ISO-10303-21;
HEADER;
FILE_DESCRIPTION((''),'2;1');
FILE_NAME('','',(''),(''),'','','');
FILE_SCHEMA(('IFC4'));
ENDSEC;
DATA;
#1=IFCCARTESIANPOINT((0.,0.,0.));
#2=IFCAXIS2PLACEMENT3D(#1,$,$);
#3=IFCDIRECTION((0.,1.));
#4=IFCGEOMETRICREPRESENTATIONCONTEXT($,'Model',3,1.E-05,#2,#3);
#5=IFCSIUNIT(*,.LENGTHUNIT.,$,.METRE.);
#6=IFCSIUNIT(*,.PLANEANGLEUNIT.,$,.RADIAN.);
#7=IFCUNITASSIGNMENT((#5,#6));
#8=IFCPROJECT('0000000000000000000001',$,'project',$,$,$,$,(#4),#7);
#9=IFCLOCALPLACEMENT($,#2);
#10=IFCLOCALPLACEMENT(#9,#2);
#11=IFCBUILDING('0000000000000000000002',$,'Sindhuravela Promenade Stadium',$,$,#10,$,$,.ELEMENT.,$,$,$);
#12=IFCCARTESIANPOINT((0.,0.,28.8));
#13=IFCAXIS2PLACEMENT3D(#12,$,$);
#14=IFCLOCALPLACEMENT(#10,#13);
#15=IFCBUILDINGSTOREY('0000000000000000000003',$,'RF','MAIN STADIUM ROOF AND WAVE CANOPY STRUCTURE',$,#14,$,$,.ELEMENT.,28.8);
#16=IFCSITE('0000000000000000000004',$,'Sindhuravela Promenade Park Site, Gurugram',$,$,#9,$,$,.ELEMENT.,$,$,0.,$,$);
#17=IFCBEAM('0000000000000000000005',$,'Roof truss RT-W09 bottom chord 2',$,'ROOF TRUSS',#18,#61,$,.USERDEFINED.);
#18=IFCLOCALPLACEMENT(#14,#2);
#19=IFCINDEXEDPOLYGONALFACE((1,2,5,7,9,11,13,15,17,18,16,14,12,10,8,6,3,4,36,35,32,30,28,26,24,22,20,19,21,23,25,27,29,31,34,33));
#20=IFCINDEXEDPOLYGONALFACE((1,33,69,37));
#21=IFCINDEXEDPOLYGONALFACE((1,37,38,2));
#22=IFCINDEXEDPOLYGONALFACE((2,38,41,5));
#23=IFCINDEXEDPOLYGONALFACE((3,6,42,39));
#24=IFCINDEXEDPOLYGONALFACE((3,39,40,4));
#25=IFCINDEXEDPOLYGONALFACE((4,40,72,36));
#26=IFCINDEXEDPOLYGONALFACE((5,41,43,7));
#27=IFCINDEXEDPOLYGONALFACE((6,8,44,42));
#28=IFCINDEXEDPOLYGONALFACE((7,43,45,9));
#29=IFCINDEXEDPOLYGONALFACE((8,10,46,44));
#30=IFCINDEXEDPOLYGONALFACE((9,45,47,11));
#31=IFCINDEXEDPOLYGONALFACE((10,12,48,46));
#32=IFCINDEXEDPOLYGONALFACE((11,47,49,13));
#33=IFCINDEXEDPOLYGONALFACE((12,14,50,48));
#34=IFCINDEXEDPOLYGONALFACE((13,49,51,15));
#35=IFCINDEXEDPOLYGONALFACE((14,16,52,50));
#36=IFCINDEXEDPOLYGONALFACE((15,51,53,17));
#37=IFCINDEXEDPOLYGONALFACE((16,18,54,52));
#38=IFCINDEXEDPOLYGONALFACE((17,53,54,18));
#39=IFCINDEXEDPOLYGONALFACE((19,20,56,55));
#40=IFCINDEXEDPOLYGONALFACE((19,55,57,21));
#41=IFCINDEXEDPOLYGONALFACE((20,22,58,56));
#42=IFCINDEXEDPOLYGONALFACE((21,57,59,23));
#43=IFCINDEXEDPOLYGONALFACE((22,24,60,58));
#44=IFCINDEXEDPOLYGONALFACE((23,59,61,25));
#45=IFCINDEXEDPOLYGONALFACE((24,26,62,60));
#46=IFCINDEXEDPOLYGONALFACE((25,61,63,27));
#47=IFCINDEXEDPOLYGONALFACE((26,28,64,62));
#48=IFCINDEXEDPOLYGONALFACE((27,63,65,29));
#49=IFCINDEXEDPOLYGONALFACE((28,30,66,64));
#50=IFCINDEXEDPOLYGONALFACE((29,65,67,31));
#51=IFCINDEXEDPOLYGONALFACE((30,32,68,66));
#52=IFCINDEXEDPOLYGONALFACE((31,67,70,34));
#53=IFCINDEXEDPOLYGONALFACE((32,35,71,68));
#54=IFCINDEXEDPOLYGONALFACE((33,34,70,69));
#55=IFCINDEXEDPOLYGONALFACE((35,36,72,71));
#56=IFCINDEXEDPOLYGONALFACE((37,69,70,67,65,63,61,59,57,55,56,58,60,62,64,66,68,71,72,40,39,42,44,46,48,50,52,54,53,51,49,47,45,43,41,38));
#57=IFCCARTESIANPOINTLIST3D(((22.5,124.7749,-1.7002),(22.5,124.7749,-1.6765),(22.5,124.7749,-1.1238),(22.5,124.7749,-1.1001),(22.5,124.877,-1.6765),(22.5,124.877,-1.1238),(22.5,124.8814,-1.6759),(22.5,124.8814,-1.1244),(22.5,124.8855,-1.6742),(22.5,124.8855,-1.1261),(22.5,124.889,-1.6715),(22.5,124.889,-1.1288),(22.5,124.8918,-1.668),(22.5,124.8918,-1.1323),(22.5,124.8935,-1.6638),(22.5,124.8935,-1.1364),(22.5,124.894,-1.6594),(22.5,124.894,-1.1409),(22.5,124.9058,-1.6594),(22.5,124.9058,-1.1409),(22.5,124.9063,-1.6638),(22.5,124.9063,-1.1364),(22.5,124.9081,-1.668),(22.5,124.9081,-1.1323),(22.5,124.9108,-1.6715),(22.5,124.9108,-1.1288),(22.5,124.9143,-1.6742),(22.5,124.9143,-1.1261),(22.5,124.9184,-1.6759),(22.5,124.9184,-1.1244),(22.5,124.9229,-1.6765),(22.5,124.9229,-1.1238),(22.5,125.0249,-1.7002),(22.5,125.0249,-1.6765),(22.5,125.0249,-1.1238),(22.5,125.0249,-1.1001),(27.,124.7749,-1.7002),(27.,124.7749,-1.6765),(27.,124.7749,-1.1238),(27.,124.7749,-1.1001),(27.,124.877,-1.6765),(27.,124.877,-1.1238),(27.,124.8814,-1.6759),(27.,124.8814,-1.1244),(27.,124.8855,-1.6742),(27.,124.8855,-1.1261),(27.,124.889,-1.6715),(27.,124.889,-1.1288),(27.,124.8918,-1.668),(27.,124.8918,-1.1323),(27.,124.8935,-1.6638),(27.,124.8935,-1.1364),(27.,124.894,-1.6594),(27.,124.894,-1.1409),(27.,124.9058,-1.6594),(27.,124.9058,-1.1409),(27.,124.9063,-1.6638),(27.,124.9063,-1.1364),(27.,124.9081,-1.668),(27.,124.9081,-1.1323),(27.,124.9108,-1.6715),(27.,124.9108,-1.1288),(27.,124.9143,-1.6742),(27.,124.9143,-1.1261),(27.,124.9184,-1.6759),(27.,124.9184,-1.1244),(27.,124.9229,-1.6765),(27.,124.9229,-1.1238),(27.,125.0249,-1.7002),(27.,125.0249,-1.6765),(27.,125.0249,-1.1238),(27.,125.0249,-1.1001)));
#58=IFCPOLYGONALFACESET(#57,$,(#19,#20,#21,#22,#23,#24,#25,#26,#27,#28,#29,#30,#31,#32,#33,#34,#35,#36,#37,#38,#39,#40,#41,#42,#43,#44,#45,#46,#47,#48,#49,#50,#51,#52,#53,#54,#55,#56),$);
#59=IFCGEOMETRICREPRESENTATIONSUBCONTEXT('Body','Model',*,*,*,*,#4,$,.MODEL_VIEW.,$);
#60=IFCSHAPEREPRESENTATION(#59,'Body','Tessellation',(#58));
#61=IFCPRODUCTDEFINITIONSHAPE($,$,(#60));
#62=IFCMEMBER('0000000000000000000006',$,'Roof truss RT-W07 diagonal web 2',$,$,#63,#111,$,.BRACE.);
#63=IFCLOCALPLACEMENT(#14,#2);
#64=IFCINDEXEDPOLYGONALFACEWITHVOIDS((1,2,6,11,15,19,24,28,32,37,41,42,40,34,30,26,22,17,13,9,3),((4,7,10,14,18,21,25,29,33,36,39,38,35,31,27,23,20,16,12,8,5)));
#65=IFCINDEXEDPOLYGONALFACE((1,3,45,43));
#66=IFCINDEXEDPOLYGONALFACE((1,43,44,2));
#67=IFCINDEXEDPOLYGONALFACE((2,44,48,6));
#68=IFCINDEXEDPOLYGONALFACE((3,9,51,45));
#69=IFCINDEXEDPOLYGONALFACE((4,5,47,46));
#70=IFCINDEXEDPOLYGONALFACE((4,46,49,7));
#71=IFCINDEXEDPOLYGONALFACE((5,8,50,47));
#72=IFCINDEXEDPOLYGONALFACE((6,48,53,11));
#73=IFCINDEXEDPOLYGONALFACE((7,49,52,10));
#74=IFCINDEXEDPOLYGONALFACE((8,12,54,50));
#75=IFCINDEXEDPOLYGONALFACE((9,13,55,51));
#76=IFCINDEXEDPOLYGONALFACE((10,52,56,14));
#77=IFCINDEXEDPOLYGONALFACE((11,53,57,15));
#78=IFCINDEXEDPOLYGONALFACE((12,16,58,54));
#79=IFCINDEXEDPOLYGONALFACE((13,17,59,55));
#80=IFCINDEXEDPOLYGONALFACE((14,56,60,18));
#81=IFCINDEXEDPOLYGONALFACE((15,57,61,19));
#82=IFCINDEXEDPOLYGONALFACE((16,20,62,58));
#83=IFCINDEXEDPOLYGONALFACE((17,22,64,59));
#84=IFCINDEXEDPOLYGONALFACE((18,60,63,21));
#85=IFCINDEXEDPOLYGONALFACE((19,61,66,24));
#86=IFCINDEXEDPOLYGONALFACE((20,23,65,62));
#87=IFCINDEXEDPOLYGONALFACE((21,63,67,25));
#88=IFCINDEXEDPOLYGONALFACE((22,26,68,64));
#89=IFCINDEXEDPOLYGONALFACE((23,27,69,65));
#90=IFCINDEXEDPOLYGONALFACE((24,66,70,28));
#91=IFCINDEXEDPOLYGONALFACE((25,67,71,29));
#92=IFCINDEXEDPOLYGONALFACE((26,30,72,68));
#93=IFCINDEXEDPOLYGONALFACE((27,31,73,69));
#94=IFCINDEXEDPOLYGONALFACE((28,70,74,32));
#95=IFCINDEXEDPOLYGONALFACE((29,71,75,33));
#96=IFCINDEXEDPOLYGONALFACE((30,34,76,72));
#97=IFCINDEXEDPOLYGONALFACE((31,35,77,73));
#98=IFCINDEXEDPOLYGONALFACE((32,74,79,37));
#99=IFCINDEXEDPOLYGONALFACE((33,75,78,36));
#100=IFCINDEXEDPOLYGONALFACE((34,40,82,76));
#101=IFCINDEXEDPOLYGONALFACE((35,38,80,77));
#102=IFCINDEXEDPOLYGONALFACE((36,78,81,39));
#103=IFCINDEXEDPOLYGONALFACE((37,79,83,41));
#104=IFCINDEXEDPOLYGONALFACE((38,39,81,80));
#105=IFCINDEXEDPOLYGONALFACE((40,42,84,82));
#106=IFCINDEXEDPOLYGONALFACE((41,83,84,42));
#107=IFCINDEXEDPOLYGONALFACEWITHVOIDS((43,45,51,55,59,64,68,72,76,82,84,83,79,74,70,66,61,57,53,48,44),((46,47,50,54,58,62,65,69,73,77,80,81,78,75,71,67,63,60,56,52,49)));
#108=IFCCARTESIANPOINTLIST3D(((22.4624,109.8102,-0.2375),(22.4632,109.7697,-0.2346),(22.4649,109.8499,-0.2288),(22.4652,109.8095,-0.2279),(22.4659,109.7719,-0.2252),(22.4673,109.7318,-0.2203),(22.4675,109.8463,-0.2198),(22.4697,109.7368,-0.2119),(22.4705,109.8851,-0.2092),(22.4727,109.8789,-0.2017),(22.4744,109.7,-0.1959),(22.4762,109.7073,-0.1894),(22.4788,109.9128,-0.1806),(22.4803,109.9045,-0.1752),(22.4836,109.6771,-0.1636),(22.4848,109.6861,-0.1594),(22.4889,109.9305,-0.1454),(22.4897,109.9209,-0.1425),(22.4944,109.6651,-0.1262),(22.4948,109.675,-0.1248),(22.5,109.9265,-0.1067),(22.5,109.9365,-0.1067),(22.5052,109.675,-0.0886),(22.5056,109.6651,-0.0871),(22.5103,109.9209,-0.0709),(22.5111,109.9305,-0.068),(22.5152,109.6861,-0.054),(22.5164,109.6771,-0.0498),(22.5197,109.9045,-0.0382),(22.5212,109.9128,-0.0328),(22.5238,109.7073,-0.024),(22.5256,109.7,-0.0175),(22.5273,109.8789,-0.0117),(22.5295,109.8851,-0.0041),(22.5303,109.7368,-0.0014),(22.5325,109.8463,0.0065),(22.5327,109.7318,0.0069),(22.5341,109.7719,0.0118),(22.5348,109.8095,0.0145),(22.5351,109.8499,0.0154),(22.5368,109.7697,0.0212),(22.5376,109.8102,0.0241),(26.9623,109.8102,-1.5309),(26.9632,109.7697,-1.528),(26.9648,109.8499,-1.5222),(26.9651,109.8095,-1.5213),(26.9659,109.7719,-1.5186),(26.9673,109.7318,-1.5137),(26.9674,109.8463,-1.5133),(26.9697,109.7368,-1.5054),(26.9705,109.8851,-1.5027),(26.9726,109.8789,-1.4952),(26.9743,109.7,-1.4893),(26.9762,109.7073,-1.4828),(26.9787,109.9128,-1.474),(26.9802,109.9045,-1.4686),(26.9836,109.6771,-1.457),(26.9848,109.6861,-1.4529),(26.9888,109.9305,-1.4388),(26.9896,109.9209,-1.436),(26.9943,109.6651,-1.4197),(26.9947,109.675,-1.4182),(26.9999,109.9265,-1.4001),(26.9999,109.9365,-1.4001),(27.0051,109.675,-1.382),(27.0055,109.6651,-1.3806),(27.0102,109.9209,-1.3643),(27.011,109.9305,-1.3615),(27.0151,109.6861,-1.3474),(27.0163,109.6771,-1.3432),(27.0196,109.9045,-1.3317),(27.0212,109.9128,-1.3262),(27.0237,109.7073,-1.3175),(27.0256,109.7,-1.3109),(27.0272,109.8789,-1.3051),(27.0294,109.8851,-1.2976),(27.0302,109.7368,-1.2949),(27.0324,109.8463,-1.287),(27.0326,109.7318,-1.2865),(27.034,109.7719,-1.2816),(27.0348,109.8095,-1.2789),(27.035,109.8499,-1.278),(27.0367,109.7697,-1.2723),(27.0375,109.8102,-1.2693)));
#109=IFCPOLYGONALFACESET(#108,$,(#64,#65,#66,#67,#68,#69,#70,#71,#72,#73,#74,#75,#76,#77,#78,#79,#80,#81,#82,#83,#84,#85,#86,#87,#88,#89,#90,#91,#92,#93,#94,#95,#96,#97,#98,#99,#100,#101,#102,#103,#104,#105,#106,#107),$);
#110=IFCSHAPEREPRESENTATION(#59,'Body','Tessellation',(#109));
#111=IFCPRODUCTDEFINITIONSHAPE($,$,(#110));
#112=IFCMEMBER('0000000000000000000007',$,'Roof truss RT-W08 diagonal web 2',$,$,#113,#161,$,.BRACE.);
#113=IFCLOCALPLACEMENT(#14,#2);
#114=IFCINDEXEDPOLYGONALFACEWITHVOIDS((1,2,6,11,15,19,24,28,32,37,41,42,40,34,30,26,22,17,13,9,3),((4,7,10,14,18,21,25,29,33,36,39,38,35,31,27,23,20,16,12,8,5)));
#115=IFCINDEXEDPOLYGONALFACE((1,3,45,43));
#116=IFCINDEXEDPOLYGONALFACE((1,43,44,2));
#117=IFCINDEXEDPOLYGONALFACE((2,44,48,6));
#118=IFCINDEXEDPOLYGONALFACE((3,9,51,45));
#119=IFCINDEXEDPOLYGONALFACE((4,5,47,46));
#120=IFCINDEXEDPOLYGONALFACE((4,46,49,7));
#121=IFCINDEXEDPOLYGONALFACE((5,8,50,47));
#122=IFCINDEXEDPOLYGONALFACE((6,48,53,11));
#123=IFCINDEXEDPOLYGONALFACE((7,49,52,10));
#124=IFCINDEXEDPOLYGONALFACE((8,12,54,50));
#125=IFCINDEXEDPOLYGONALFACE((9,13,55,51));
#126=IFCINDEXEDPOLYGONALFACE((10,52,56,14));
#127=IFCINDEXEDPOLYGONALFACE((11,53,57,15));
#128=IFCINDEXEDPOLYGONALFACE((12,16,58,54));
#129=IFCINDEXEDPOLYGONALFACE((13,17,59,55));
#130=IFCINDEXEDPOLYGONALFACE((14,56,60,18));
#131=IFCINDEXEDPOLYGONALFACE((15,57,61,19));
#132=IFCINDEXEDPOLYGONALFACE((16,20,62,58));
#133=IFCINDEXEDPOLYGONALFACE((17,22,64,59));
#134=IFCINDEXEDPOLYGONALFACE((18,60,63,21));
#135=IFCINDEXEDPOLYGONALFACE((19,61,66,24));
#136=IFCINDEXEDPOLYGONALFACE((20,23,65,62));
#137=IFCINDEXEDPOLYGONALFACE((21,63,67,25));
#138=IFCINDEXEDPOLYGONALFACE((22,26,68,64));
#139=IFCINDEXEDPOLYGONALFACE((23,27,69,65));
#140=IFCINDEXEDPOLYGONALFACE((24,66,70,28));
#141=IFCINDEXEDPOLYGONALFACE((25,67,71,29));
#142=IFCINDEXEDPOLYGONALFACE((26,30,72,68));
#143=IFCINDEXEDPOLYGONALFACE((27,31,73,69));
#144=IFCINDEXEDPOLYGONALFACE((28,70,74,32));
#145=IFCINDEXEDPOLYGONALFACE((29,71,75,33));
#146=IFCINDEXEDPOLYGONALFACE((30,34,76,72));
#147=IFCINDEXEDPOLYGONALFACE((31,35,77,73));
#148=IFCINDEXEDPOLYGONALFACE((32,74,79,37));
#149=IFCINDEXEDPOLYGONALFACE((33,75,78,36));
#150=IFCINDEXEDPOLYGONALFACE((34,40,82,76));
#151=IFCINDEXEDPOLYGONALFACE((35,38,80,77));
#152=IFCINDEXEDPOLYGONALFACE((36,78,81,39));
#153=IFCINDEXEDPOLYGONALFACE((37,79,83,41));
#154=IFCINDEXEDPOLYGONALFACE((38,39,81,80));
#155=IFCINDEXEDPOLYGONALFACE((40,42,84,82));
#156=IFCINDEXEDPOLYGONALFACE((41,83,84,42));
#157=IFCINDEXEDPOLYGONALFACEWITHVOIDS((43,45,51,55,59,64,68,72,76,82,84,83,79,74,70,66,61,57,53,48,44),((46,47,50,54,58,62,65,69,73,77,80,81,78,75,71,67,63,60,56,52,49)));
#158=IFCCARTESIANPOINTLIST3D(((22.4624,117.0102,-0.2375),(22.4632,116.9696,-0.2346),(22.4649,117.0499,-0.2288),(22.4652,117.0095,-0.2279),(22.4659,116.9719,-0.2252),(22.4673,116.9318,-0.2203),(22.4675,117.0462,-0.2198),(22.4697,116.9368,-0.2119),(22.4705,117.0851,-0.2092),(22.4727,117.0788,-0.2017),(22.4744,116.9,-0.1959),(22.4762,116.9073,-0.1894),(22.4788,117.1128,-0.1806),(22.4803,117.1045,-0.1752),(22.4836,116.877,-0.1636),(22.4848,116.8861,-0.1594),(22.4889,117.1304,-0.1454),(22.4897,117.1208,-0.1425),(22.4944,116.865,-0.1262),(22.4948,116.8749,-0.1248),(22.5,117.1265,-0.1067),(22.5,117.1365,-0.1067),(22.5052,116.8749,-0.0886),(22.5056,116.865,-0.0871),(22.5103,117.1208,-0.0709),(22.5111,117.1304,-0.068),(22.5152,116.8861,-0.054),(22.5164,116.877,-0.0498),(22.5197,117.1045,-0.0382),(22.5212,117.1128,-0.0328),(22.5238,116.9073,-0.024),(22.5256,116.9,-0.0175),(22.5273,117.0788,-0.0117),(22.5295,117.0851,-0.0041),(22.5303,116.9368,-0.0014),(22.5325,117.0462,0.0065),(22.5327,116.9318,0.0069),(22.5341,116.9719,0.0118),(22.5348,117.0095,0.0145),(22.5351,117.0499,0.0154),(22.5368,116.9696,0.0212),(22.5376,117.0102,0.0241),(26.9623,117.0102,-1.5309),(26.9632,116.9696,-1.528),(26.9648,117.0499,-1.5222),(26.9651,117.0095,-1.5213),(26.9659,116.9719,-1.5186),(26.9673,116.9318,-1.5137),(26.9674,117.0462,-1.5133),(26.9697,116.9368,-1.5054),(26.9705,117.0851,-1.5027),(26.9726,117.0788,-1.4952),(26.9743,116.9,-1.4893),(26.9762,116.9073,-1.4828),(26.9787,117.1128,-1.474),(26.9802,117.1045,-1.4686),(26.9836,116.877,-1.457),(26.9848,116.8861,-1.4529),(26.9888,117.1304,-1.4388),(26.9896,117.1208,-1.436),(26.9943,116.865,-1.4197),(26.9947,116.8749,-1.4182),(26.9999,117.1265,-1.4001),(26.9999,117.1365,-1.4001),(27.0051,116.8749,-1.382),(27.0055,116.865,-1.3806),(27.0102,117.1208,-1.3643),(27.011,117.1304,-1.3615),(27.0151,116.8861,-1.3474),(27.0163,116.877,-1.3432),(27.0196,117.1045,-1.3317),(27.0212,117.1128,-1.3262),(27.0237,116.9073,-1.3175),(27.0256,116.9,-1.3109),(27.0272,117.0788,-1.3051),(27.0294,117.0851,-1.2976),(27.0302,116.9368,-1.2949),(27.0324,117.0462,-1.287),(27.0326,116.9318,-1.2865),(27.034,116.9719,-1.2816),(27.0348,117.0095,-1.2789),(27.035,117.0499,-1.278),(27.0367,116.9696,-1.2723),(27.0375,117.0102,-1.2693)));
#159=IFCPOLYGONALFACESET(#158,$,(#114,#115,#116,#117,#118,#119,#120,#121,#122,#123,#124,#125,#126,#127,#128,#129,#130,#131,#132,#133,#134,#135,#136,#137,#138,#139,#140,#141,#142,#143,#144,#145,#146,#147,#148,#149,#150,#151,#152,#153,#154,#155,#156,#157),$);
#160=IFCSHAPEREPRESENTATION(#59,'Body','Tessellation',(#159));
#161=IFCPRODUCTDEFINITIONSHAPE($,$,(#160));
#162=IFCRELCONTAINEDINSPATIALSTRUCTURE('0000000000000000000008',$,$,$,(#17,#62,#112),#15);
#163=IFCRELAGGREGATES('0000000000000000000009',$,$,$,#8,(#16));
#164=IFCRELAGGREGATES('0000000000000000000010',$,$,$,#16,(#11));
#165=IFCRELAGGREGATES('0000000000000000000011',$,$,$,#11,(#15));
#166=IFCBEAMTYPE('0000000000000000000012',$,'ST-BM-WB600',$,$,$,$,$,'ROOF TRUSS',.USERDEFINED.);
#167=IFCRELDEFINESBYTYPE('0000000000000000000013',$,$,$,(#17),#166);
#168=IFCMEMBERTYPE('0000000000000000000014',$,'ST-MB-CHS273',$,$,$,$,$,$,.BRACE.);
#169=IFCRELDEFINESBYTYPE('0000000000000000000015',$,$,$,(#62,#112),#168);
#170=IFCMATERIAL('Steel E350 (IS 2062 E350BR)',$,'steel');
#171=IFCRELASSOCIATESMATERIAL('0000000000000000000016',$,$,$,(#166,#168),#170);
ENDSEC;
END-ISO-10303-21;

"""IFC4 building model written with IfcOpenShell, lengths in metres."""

from ifc_helpers import new_model, si_unit, direction, frame, origin, origin_2d, place, context, subcontext, project, spatial, hollow_circle, i_section, extrude, material, material_profile, profile_set, type_object, element, save


model = new_model("IFC4")

# Units and contexts
model_context = context("Model", 3, precision=1e-05, world=origin(), true_north=direction((0.0, 1.0)))
body_context = subcontext(model_context, "Body", "Model", "MODEL_VIEW")
ifc_project = project(units=[si_unit("LENGTHUNIT", "METRE"), si_unit("PLANEANGLEUNIT", "RADIAN")], contexts=[model_context])

# Site, building, storey
site_placement = place(None, origin())
site = spatial("IfcSite", under=ifc_project, at=site_placement, Name="Sindhuravela Promenade Park Site, Gurugram", CompositionType="ELEMENT", RefElevation=0.0)
building_placement = place(site_placement, origin())
building = spatial("IfcBuilding", under=site, at=building_placement, Name="Sindhuravela Promenade Stadium", CompositionType="ELEMENT")
storey_placement = place(building_placement, frame((0.0, 0.0, 28.8)))
storey = spatial("IfcBuildingStorey", under=building, at=storey_placement, Name="RF", Description="MAIN STADIUM ROOF AND WAVE CANOPY STRUCTURE", CompositionType="ELEMENT", Elevation=28.8)

# Beam
ifc_material_1 = material(Name="Steel E350 (IS 2062 E350BR)", Category="steel")
ifc_material_profile_1 = material_profile(ifc_material_1, i_section(OverallWidth=0.25, OverallDepth=0.6001, WebThickness=0.0117, FlangeThickness=0.0237, FilletRadius=0.0171, at=origin_2d()), Name="ISWB 600")
ifc_profile_set_1 = profile_set([ifc_material_profile_1], Name="Steel E350 (IS 2062 E350BR)")
beam_type = type_object("IfcBeamType", Name="ST-BM-WB600", ElementType="ROOF TRUSS", PredefinedType="USERDEFINED", material=ifc_profile_set_1)
beam_1_placement = place(storey_placement, frame((22.5, 124.8999, -1.4001), z_axis=(1.0, 0.0, 0.0), x_axis=(0.0, 1.0, 0.0)))
element("IfcBeam", 1, at=beam_1_placement, inside=storey, type_object=beam_type, Name="Roof truss RT-W09 bottom chord 2", ObjectType="ROOF TRUSS", PredefinedType="USERDEFINED", context=body_context, shape_type="SweptSolid", body=[
    extrude(i_section(OverallWidth=0.25, OverallDepth=0.6001, WebThickness=0.0117, FlangeThickness=0.0237, FilletRadius=0.0171, at=origin_2d()), origin(), (0.0, 0.0, 1.0), 4.5),
])

# Members
ifc_material_profile_2 = material_profile(ifc_material_1, hollow_circle(Radius=0.1365, WallThickness=0.01, at=origin_2d()), Name="CHS 273.0x10")
ifc_profile_set_2 = profile_set([ifc_material_profile_2], Name="Steel E350 (IS 2062 E350BR)")
member_type_1 = type_object("IfcMemberType", Name="ST-MB-CHS273", PredefinedType="BRACE", material=ifc_profile_set_2)
for number, where, z_axis, x_axis, name in (
    (2, (22.5, 109.8, -0.1067), (0.961086, 0.0, -0.27625), (0.0, 1.0, 0.0), "Roof truss RT-W07 diagonal web 2"),
    (3, (22.5, 117.0, -0.1067), (0.961086, 0.0, -0.27625), (0.0, 1.0, 0.0), "Roof truss RT-W08 diagonal web 2"),
):
    element("IfcMember", number, at=place(storey_placement, frame(where, z_axis=z_axis, x_axis=x_axis)), inside=storey, type_object=member_type_1, Name=name, PredefinedType="BRACE", context=body_context, shape_type="SweptSolid", body=[
        extrude(hollow_circle(Radius=0.1365, WallThickness=0.01, at=origin_2d()), origin(), (0.0, 0.0, 1.0), 4.6821),
    ])

save(model, "model.ifc")
